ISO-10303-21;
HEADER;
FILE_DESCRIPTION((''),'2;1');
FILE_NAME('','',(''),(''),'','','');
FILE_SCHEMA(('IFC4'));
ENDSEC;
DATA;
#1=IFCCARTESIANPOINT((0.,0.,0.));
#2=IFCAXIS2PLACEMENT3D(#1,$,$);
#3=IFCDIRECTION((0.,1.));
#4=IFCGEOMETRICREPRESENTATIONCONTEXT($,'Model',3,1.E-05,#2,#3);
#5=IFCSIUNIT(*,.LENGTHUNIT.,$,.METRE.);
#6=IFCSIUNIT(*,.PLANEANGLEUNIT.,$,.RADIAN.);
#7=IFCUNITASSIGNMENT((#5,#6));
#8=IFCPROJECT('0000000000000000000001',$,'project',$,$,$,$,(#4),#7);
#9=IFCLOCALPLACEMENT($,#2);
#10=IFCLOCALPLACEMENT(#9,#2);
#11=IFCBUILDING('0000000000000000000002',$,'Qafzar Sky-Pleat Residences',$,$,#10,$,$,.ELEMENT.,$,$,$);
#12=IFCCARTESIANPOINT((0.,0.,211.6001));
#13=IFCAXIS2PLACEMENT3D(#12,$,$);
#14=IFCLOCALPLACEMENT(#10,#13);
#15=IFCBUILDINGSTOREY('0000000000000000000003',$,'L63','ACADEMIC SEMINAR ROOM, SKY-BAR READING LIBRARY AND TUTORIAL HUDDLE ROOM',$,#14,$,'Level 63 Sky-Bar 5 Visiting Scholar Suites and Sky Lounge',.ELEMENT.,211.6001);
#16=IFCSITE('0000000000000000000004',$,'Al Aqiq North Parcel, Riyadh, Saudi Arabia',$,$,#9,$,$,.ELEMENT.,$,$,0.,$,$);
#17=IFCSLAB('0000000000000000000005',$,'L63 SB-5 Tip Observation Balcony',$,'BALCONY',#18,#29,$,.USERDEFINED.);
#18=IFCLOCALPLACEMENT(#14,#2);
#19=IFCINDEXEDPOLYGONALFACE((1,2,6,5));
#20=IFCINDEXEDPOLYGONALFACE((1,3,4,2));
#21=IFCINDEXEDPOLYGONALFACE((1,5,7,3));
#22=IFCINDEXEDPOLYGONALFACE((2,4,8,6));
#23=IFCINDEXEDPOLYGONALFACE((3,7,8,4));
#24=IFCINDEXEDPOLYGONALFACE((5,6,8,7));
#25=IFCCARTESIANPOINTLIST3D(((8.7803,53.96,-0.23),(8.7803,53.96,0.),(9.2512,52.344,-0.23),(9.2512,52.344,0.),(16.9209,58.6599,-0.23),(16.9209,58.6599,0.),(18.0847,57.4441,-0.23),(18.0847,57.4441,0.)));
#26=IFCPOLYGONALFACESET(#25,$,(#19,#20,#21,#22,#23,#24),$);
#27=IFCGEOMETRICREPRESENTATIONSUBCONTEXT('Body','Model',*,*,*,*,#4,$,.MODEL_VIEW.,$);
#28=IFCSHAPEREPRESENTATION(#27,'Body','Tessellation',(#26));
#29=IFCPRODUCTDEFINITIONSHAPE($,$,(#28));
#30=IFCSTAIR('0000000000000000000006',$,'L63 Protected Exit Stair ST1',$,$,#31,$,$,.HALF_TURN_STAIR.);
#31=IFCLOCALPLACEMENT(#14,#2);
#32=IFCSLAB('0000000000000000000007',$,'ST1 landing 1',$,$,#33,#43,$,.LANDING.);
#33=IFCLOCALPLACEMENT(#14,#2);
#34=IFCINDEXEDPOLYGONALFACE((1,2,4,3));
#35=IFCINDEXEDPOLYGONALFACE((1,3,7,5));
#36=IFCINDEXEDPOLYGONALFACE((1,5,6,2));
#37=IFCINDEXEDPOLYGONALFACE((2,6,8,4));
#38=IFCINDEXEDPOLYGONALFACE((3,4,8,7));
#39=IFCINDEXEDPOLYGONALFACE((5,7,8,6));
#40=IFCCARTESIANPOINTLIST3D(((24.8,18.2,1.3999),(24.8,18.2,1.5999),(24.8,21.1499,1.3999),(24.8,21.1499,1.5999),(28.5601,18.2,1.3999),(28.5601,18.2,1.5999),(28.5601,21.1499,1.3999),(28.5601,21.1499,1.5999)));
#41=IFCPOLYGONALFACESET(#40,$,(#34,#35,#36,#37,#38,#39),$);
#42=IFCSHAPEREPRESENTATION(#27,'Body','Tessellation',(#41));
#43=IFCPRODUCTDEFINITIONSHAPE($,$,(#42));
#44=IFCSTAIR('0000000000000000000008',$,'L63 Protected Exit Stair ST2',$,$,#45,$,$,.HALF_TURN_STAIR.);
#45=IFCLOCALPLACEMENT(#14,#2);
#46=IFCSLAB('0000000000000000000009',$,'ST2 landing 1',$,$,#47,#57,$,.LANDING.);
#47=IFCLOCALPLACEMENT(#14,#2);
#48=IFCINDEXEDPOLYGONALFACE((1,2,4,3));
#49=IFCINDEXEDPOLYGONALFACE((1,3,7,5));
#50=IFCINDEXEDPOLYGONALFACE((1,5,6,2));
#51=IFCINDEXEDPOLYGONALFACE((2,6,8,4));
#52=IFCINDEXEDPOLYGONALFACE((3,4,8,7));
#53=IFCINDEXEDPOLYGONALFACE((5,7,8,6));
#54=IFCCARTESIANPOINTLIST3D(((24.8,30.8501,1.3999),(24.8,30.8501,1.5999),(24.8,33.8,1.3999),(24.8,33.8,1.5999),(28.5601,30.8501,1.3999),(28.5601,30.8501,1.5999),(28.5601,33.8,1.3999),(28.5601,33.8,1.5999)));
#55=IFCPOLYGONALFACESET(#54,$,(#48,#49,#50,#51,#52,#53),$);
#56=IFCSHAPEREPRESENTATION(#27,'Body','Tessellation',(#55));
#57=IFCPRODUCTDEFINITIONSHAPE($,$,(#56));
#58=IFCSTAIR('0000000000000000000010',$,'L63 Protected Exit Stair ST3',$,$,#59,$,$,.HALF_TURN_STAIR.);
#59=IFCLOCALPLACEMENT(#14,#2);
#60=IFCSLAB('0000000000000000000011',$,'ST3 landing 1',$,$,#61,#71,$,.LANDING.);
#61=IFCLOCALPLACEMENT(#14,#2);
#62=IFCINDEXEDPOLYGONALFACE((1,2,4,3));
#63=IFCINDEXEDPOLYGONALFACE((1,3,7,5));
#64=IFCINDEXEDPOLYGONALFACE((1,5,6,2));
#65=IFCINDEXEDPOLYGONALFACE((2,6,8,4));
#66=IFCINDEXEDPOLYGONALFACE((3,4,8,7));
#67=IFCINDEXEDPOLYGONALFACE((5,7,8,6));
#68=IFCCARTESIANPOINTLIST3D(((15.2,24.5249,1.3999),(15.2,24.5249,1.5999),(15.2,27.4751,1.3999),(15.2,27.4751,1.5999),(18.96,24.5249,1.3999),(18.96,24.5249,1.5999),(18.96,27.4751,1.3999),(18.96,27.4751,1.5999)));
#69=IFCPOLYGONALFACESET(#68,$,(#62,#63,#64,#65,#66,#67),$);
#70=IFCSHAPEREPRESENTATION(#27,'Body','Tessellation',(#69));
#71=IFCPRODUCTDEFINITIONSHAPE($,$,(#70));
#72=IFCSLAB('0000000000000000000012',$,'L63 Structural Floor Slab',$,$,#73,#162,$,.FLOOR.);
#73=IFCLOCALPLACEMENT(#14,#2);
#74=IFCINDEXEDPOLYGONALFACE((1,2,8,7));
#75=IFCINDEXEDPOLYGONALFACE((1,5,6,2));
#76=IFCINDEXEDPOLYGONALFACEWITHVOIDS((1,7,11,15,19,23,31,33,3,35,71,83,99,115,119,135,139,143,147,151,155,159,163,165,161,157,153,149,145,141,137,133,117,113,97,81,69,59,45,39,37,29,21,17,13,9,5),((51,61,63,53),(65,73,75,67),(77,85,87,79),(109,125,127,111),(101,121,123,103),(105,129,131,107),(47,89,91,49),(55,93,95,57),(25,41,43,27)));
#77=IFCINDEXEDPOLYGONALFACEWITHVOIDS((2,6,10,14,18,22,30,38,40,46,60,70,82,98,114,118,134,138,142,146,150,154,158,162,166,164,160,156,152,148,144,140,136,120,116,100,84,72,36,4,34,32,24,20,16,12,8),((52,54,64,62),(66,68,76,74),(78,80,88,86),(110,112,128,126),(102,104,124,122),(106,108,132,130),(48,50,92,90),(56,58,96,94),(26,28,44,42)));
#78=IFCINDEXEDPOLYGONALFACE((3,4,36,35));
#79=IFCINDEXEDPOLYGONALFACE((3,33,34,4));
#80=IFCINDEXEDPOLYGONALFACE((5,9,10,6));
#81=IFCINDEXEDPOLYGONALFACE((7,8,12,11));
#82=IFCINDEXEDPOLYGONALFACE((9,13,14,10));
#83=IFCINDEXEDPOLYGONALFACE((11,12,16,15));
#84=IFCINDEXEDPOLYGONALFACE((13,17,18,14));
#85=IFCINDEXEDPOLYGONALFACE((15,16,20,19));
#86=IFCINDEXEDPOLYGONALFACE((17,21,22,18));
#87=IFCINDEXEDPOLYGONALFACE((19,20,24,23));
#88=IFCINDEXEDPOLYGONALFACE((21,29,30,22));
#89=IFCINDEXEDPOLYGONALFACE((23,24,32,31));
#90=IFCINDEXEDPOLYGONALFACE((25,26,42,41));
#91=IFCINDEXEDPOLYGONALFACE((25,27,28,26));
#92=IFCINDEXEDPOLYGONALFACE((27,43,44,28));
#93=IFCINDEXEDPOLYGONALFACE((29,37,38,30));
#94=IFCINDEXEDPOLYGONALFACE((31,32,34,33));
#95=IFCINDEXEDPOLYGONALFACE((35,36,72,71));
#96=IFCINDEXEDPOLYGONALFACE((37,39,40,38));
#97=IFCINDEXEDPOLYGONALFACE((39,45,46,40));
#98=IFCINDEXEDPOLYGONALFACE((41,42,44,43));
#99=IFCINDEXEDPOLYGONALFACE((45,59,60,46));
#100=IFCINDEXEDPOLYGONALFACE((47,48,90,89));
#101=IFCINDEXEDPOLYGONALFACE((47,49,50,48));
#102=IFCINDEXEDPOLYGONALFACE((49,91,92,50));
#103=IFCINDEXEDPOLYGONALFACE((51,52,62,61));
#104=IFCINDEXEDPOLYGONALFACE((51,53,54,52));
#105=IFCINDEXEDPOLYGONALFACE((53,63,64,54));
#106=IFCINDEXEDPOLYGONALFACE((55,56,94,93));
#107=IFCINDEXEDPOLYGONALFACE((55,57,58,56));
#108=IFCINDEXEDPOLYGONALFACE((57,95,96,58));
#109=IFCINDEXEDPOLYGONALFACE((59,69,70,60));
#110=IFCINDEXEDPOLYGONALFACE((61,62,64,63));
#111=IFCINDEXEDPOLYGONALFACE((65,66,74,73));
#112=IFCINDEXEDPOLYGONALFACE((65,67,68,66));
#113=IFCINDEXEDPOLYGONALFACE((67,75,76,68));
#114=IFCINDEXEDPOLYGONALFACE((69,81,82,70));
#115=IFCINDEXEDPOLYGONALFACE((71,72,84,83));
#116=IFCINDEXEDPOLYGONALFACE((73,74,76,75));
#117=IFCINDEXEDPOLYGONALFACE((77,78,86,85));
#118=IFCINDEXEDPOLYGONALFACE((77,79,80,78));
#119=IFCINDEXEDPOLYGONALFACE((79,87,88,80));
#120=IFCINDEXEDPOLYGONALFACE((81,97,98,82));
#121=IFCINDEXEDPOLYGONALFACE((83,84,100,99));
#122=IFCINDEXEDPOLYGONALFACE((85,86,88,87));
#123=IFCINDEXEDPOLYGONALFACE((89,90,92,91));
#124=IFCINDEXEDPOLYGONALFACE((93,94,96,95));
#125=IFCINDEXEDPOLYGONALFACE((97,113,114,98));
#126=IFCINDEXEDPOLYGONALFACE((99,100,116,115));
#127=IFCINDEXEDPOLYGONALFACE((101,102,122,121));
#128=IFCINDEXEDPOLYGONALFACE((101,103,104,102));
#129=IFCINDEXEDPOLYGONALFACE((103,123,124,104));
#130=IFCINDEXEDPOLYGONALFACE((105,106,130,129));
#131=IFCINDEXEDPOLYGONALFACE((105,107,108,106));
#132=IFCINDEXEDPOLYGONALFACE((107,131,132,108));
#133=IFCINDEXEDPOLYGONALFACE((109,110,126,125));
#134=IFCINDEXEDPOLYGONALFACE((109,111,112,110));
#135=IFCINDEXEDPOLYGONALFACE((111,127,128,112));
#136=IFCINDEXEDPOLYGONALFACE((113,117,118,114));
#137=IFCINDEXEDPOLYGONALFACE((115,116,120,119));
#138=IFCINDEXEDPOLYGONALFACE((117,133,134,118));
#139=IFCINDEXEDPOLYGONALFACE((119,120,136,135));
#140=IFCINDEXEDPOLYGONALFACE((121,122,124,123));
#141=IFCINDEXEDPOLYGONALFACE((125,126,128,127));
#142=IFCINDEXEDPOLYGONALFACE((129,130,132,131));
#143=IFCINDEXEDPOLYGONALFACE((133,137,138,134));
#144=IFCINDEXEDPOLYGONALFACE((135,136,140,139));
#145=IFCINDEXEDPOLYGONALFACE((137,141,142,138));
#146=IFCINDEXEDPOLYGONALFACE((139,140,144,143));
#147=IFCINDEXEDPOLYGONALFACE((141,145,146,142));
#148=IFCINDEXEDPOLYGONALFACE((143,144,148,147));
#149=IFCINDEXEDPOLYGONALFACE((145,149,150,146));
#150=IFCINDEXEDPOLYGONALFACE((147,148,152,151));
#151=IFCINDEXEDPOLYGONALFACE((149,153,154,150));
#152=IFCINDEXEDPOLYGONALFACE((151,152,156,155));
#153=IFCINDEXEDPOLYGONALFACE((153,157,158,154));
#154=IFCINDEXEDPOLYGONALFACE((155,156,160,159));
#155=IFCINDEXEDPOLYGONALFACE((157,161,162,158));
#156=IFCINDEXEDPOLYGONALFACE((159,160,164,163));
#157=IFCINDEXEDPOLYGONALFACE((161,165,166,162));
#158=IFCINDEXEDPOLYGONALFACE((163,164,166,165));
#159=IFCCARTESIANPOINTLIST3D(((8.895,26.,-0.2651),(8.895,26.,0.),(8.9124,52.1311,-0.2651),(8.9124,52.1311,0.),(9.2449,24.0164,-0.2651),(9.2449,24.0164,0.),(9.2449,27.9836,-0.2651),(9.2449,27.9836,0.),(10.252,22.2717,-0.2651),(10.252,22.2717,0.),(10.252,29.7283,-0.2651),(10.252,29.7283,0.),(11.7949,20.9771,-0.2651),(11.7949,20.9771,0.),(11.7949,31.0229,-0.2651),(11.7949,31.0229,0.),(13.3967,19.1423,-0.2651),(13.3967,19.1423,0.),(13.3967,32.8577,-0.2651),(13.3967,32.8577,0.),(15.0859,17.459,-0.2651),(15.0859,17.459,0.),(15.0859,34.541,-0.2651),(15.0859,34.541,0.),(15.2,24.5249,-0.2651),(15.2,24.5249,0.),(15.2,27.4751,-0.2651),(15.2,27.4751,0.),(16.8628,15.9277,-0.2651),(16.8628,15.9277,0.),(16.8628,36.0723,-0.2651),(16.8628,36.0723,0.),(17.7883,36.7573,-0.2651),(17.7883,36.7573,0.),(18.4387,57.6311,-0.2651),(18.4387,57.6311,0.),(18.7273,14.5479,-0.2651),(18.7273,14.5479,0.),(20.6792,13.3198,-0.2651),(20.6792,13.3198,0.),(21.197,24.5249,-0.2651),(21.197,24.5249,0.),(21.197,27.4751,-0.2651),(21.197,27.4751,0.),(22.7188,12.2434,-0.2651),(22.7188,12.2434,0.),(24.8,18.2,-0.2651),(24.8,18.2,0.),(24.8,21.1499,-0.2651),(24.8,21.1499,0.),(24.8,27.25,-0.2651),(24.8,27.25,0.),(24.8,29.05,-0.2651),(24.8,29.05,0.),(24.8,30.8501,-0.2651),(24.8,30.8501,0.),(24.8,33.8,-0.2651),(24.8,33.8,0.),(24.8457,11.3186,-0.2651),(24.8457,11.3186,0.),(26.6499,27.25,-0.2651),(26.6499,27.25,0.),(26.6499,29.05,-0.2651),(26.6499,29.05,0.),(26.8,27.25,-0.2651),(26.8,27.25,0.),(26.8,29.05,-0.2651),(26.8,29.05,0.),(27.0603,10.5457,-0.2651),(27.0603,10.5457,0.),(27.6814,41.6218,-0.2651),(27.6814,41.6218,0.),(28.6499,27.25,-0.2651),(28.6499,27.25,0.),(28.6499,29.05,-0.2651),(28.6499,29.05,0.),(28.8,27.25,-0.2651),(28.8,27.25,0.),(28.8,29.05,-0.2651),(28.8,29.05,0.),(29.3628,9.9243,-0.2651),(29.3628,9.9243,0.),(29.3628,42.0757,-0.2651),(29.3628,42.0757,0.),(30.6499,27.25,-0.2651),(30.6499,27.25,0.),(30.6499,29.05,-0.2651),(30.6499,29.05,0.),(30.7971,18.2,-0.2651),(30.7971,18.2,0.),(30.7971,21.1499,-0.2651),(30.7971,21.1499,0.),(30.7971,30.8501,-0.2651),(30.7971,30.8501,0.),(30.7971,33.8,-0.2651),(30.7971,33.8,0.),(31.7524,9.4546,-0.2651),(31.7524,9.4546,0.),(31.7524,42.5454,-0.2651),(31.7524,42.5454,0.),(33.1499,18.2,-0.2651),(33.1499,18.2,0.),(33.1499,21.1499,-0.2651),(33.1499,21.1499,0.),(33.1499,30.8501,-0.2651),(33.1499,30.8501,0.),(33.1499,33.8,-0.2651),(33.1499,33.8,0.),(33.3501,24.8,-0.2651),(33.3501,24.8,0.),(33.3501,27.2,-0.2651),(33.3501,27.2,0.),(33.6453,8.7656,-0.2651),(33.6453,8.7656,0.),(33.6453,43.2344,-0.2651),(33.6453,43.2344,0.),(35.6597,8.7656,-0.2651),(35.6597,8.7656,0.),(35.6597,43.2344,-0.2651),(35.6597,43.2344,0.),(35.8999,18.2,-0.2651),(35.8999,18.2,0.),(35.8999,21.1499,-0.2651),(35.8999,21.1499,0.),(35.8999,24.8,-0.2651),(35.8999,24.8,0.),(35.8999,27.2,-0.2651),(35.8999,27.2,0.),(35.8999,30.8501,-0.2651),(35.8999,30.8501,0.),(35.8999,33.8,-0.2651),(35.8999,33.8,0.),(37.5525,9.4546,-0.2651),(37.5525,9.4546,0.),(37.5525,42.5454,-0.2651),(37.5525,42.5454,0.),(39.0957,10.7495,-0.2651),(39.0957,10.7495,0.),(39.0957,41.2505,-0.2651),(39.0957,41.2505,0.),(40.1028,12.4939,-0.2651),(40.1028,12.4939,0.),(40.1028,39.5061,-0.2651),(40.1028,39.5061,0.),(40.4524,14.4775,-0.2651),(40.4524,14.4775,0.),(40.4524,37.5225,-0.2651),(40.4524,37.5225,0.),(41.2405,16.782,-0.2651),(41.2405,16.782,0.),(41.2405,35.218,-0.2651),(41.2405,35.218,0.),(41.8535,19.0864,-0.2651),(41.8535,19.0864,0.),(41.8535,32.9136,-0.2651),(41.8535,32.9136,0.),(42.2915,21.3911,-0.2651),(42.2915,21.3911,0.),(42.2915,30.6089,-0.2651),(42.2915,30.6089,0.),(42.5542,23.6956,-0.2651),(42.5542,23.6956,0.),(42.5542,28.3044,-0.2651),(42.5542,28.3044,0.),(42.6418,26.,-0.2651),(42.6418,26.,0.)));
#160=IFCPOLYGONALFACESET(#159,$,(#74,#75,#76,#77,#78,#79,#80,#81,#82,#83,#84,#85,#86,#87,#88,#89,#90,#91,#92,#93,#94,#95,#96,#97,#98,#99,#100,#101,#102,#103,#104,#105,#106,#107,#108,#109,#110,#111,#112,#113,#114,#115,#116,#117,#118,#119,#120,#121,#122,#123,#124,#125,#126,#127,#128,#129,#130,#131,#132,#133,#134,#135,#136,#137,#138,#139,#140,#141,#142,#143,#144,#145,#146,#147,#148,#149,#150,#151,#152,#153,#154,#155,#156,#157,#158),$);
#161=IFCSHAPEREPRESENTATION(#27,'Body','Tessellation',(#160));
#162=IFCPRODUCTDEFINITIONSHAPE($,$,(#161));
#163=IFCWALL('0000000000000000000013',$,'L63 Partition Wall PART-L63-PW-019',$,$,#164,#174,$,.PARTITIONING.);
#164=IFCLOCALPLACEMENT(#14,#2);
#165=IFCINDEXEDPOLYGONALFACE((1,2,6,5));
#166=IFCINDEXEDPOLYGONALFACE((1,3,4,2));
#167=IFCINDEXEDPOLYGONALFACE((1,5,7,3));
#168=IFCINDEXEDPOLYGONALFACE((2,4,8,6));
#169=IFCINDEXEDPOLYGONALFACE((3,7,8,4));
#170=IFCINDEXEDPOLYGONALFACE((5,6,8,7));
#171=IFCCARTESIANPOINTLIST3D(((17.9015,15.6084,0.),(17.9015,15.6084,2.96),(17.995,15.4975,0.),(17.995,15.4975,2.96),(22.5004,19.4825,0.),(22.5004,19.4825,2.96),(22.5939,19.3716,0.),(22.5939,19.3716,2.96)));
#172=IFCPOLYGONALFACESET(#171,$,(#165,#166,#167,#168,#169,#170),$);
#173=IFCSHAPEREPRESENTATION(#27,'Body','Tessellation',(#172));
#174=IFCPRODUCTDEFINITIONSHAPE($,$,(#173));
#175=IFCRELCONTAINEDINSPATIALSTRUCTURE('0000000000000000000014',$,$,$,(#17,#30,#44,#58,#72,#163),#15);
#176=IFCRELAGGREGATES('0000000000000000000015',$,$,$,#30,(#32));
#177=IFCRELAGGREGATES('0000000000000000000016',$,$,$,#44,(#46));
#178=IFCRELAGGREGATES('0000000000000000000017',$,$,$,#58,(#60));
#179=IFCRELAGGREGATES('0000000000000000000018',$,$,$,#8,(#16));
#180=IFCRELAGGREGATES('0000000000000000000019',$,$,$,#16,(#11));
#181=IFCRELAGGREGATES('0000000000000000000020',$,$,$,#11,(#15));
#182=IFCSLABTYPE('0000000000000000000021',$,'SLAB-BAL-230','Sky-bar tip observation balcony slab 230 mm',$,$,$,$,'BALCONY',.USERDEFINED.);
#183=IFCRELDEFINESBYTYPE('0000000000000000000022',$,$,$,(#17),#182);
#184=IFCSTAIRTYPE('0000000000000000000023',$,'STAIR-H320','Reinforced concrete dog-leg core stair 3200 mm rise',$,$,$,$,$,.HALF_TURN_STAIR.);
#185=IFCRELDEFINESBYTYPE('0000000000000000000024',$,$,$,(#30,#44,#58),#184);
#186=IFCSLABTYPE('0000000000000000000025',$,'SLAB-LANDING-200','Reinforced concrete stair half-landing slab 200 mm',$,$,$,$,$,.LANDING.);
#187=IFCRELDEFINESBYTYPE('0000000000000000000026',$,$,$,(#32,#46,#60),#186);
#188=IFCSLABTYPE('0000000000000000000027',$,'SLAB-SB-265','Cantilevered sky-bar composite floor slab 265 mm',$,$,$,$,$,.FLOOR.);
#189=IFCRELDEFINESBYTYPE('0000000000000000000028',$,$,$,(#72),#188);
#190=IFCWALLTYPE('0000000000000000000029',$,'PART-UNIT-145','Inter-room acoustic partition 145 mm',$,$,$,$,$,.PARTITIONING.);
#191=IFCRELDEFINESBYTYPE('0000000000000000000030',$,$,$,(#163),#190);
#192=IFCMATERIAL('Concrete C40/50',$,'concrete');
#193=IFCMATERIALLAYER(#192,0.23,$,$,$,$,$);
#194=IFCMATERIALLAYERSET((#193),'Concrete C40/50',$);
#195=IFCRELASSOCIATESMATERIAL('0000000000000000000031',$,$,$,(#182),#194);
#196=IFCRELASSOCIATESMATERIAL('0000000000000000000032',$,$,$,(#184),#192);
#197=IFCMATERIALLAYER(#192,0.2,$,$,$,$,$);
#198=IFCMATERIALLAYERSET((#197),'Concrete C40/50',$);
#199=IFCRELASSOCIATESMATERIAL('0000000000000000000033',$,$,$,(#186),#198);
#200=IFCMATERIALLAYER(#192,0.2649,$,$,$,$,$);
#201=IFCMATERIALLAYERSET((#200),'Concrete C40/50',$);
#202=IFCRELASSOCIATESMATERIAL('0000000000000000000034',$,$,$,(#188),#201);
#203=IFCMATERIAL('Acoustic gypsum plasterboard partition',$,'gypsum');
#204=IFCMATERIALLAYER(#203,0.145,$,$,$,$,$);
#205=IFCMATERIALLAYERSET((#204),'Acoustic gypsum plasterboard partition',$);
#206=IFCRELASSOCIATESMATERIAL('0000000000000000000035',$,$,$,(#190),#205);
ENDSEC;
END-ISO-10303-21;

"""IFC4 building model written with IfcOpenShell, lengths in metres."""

from ifc_helpers import new_model, si_unit, direction, frame, frame_2d, origin, place, context, subcontext, project, spatial, polyline, rectangle, outline, extrude, material, layer, layer_set, type_object, element, aggregate, save


model = new_model("IFC4")

# Units and contexts
model_context = context("Model", 3, precision=1e-05, world=origin(), true_north=direction((0.0, 1.0)))
body_context = subcontext(model_context, "Body", "Model", "MODEL_VIEW")
ifc_project = project(units=[si_unit("LENGTHUNIT", "METRE"), si_unit("PLANEANGLEUNIT", "RADIAN")], contexts=[model_context])

# Site, building, storey
site_placement = place(None, origin())
site = spatial("IfcSite", under=ifc_project, at=site_placement, Name="Al Aqiq North Parcel, Riyadh, Saudi Arabia", CompositionType="ELEMENT", RefElevation=0.0)
building_placement = place(site_placement, origin())
building = spatial("IfcBuilding", under=site, at=building_placement, Name="Qafzar Sky-Pleat Residences", CompositionType="ELEMENT")
storey_placement = place(building_placement, frame((0.0, 0.0, 211.6001)))
storey = spatial("IfcBuildingStorey", under=building, at=storey_placement, Name="L63", Description="ACADEMIC SEMINAR ROOM, SKY-BAR READING LIBRARY AND TUTORIAL HUDDLE ROOM", LongName="Level 63 Sky-Bar 5 Visiting Scholar Suites and Sky Lounge", CompositionType="ELEMENT", Elevation=211.6001)

# Slab
ifc_material_1 = material(Name="Concrete C40/50", Category="concrete")
ifc_layer_1 = layer(ifc_material_1, 0.23)
ifc_layer_set_1 = layer_set([ifc_layer_1], Name="Concrete C40/50")
slab_type_1 = type_object("IfcSlabType", Name="SLAB-BAL-230", Description="Sky-bar tip observation balcony slab 230 mm", ElementType="BALCONY", PredefinedType="USERDEFINED", material=ifc_layer_set_1)
slab_1_placement = place(storey_placement, frame((0.0, 0.0, -0.23)))
element("IfcSlab", 1, at=slab_1_placement, inside=storey, type_object=slab_type_1, Name="L63 SB-5 Tip Observation Balcony", ObjectType="BALCONY", PredefinedType="USERDEFINED", context=body_context, shape_type="SweptSolid", body=[
    extrude(outline(polyline([(18.0847, 57.4441), (16.9209, 58.6599), (8.7803, 53.96), (9.2512, 52.344), (18.0847, 57.4441)])), origin(), (0.0, 0.0, 1.0), 0.23),
])

# Stairs, slabs
stair_type = type_object("IfcStairType", Name="STAIR-H320", Description="Reinforced concrete dog-leg core stair 3200 mm rise", PredefinedType="HALF_TURN_STAIR", material=ifc_material_1)
stair_1_placement = place(storey_placement, origin())
stair_1 = element("IfcStair", 2, at=stair_1_placement, inside=storey, type_object=stair_type, Name="L63 Protected Exit Stair ST1", PredefinedType="HALF_TURN_STAIR")
ifc_layer_2 = layer(ifc_material_1, 0.2)
ifc_layer_set_2 = layer_set([ifc_layer_2], Name="Concrete C40/50")
slab_type_2 = type_object("IfcSlabType", Name="SLAB-LANDING-200", Description="Reinforced concrete stair half-landing slab 200 mm", PredefinedType="LANDING", material=ifc_layer_set_2)
slab_2_placement = place(storey_placement, frame((0.0, 0.0, 1.3999)))
slab_2 = element("IfcSlab", 3, at=slab_2_placement, type_object=slab_type_2, Name="ST1 landing 1", PredefinedType="LANDING", context=body_context, shape_type="SweptSolid", body=[
    extrude(outline(polyline([(28.5601, 21.1499), (24.8, 21.1499), (24.8, 18.2), (28.5601, 18.2), (28.5601, 21.1499)])), origin(), (0.0, 0.0, 1.0), 0.2),
])
aggregate(stair_1, [slab_2])
stair_2_placement = place(storey_placement, origin())
stair_2 = element("IfcStair", 4, at=stair_2_placement, inside=storey, type_object=stair_type, Name="L63 Protected Exit Stair ST2", PredefinedType="HALF_TURN_STAIR")
slab_3_placement = place(storey_placement, frame((0.0, 0.0, 1.3999)))
slab_3 = element("IfcSlab", 5, at=slab_3_placement, type_object=slab_type_2, Name="ST2 landing 1", PredefinedType="LANDING", context=body_context, shape_type="SweptSolid", body=[
    extrude(outline(polyline([(28.5601, 33.8), (24.8, 33.8), (24.8, 30.8501), (28.5601, 30.8501), (28.5601, 33.8)])), origin(), (0.0, 0.0, 1.0), 0.2),
])
aggregate(stair_2, [slab_3])
stair_3_placement = place(storey_placement, origin())
stair_3 = element("IfcStair", 6, at=stair_3_placement, inside=storey, type_object=stair_type, Name="L63 Protected Exit Stair ST3", PredefinedType="HALF_TURN_STAIR")
slab_4_placement = place(storey_placement, frame((0.0, 0.0, 1.3999)))
slab_4 = element("IfcSlab", 7, at=slab_4_placement, type_object=slab_type_2, Name="ST3 landing 1", PredefinedType="LANDING", context=body_context, shape_type="SweptSolid", body=[
    extrude(outline(polyline([(18.96, 27.4751), (15.2, 27.4751), (15.2, 24.5249), (18.96, 24.5249), (18.96, 27.4751)])), origin(), (0.0, 0.0, 1.0), 0.2),
])
aggregate(stair_3, [slab_4])

# Slab
ifc_layer_3 = layer(ifc_material_1, 0.2649)
ifc_layer_set_3 = layer_set([ifc_layer_3], Name="Concrete C40/50")
slab_type_3 = type_object("IfcSlabType", Name="SLAB-SB-265", Description="Cantilevered sky-bar composite floor slab 265 mm", PredefinedType="FLOOR", material=ifc_layer_set_3)
slab_5_placement = place(storey_placement, frame((0.0, 0.0, -0.2651)))
element("IfcSlab", 8, at=slab_5_placement, inside=storey, type_object=slab_type_3, Name="L63 Structural Floor Slab", PredefinedType="FLOOR", context=body_context, shape_type="SweptSolid", body=[
    extrude(outline(polyline([(29.3628, 42.0757), (31.7524, 42.5454), (33.6453, 43.2344), (35.6597, 43.2344), (37.5525, 42.5454), (39.0957, 41.2505), (40.1028, 39.5061), (40.4524, 37.5225), (41.2405, 35.218), (41.8535, 32.9136), (42.2915, 30.6089), (42.5542, 28.3044), (42.6418, 26.0), (42.5542, 23.6956), (42.2915, 21.3911), (41.8535, 19.0864), (41.2405, 16.782), (40.4524, 14.4775), (40.1028, 12.4939), (39.0957, 10.7495), (37.5525, 9.4546), (35.6597, 8.7656), (33.6453, 8.7656), (31.7524, 9.4546), (29.3628, 9.9243), (27.0603, 10.5457), (24.8457, 11.3186), (22.7188, 12.2434), (20.6792, 13.3198), (18.7273, 14.5479), (16.8628, 15.9277), (15.0859, 17.459), (13.3967, 19.1423), (11.7949, 20.9771), (10.252, 22.2717), (9.2449, 24.0164), (8.895, 26.0), (9.2449, 27.9836), (10.252, 29.7283), (11.7949, 31.0229), (13.3967, 32.8577), (15.0859, 34.541), (16.8628, 36.0723), (17.7883, 36.7573), (8.9124, 52.1311), (18.4387, 57.6311), (27.6814, 41.6218), (29.3628, 42.0757)]), holes=[polyline([(30.7971, 21.1499), (24.8, 21.1499), (24.8, 18.2), (30.7971, 18.2), (30.7971, 21.1499)]), polyline([(30.7971, 33.8), (24.8, 33.8), (24.8, 30.8501), (30.7971, 30.8501), (30.7971, 33.8)]), polyline([(21.197, 27.4751), (15.2, 27.4751), (15.2, 24.5249), (21.197, 24.5249), (21.197, 27.4751)]), polyline([(24.8, 27.25), (26.6499, 27.25), (26.6499, 29.05), (24.8, 29.05), (24.8, 27.25)]), polyline([(26.8, 27.25), (28.6499, 27.25), (28.6499, 29.05), (26.8, 29.05), (26.8, 27.25)]), polyline([(28.8, 27.25), (30.6499, 27.25), (30.6499, 29.05), (28.8, 29.05), (28.8, 27.25)]), polyline([(33.1499, 18.2), (35.8999, 18.2), (35.8999, 21.1499), (33.1499, 21.1499), (33.1499, 18.2)]), polyline([(33.1499, 30.8501), (35.8999, 30.8501), (35.8999, 33.8), (33.1499, 33.8), (33.1499, 30.8501)]), polyline([(33.3501, 24.8), (35.8999, 24.8), (35.8999, 27.2), (33.3501, 27.2), (33.3501, 24.8)])]), origin(), (0.0, 0.0, 1.0), 0.2651),
])

# Wall
ifc_material_2 = material(Name="Acoustic gypsum plasterboard partition", Category="gypsum")
ifc_layer_4 = layer(ifc_material_2, 0.145)
ifc_layer_set_4 = layer_set([ifc_layer_4], Name="Acoustic gypsum plasterboard partition")
wall_type_1 = type_object("IfcWallType", Name="PART-UNIT-145", Description="Inter-room acoustic partition 145 mm", PredefinedType="PARTITIONING", material=ifc_layer_set_4)
wall_1_placement = place(storey_placement, frame((17.9482, 15.553, 0.0), z_axis=(0.0, 0.0, 1.0), x_axis=(0.764806, 0.644261, 0.0)))
element("IfcWall", 9, at=wall_1_placement, inside=storey, type_object=wall_type_1, Name="L63 Partition Wall PART-L63-PW-019", PredefinedType="PARTITIONING", context=body_context, shape_type="SweptSolid", body=[
    extrude(rectangle(XDim=6.0132, YDim=0.145, at=frame_2d((3.0066, 0.0))), origin(), (0.0, 0.0, 1.0), 2.96),
])

save(model, "model.ifc")
